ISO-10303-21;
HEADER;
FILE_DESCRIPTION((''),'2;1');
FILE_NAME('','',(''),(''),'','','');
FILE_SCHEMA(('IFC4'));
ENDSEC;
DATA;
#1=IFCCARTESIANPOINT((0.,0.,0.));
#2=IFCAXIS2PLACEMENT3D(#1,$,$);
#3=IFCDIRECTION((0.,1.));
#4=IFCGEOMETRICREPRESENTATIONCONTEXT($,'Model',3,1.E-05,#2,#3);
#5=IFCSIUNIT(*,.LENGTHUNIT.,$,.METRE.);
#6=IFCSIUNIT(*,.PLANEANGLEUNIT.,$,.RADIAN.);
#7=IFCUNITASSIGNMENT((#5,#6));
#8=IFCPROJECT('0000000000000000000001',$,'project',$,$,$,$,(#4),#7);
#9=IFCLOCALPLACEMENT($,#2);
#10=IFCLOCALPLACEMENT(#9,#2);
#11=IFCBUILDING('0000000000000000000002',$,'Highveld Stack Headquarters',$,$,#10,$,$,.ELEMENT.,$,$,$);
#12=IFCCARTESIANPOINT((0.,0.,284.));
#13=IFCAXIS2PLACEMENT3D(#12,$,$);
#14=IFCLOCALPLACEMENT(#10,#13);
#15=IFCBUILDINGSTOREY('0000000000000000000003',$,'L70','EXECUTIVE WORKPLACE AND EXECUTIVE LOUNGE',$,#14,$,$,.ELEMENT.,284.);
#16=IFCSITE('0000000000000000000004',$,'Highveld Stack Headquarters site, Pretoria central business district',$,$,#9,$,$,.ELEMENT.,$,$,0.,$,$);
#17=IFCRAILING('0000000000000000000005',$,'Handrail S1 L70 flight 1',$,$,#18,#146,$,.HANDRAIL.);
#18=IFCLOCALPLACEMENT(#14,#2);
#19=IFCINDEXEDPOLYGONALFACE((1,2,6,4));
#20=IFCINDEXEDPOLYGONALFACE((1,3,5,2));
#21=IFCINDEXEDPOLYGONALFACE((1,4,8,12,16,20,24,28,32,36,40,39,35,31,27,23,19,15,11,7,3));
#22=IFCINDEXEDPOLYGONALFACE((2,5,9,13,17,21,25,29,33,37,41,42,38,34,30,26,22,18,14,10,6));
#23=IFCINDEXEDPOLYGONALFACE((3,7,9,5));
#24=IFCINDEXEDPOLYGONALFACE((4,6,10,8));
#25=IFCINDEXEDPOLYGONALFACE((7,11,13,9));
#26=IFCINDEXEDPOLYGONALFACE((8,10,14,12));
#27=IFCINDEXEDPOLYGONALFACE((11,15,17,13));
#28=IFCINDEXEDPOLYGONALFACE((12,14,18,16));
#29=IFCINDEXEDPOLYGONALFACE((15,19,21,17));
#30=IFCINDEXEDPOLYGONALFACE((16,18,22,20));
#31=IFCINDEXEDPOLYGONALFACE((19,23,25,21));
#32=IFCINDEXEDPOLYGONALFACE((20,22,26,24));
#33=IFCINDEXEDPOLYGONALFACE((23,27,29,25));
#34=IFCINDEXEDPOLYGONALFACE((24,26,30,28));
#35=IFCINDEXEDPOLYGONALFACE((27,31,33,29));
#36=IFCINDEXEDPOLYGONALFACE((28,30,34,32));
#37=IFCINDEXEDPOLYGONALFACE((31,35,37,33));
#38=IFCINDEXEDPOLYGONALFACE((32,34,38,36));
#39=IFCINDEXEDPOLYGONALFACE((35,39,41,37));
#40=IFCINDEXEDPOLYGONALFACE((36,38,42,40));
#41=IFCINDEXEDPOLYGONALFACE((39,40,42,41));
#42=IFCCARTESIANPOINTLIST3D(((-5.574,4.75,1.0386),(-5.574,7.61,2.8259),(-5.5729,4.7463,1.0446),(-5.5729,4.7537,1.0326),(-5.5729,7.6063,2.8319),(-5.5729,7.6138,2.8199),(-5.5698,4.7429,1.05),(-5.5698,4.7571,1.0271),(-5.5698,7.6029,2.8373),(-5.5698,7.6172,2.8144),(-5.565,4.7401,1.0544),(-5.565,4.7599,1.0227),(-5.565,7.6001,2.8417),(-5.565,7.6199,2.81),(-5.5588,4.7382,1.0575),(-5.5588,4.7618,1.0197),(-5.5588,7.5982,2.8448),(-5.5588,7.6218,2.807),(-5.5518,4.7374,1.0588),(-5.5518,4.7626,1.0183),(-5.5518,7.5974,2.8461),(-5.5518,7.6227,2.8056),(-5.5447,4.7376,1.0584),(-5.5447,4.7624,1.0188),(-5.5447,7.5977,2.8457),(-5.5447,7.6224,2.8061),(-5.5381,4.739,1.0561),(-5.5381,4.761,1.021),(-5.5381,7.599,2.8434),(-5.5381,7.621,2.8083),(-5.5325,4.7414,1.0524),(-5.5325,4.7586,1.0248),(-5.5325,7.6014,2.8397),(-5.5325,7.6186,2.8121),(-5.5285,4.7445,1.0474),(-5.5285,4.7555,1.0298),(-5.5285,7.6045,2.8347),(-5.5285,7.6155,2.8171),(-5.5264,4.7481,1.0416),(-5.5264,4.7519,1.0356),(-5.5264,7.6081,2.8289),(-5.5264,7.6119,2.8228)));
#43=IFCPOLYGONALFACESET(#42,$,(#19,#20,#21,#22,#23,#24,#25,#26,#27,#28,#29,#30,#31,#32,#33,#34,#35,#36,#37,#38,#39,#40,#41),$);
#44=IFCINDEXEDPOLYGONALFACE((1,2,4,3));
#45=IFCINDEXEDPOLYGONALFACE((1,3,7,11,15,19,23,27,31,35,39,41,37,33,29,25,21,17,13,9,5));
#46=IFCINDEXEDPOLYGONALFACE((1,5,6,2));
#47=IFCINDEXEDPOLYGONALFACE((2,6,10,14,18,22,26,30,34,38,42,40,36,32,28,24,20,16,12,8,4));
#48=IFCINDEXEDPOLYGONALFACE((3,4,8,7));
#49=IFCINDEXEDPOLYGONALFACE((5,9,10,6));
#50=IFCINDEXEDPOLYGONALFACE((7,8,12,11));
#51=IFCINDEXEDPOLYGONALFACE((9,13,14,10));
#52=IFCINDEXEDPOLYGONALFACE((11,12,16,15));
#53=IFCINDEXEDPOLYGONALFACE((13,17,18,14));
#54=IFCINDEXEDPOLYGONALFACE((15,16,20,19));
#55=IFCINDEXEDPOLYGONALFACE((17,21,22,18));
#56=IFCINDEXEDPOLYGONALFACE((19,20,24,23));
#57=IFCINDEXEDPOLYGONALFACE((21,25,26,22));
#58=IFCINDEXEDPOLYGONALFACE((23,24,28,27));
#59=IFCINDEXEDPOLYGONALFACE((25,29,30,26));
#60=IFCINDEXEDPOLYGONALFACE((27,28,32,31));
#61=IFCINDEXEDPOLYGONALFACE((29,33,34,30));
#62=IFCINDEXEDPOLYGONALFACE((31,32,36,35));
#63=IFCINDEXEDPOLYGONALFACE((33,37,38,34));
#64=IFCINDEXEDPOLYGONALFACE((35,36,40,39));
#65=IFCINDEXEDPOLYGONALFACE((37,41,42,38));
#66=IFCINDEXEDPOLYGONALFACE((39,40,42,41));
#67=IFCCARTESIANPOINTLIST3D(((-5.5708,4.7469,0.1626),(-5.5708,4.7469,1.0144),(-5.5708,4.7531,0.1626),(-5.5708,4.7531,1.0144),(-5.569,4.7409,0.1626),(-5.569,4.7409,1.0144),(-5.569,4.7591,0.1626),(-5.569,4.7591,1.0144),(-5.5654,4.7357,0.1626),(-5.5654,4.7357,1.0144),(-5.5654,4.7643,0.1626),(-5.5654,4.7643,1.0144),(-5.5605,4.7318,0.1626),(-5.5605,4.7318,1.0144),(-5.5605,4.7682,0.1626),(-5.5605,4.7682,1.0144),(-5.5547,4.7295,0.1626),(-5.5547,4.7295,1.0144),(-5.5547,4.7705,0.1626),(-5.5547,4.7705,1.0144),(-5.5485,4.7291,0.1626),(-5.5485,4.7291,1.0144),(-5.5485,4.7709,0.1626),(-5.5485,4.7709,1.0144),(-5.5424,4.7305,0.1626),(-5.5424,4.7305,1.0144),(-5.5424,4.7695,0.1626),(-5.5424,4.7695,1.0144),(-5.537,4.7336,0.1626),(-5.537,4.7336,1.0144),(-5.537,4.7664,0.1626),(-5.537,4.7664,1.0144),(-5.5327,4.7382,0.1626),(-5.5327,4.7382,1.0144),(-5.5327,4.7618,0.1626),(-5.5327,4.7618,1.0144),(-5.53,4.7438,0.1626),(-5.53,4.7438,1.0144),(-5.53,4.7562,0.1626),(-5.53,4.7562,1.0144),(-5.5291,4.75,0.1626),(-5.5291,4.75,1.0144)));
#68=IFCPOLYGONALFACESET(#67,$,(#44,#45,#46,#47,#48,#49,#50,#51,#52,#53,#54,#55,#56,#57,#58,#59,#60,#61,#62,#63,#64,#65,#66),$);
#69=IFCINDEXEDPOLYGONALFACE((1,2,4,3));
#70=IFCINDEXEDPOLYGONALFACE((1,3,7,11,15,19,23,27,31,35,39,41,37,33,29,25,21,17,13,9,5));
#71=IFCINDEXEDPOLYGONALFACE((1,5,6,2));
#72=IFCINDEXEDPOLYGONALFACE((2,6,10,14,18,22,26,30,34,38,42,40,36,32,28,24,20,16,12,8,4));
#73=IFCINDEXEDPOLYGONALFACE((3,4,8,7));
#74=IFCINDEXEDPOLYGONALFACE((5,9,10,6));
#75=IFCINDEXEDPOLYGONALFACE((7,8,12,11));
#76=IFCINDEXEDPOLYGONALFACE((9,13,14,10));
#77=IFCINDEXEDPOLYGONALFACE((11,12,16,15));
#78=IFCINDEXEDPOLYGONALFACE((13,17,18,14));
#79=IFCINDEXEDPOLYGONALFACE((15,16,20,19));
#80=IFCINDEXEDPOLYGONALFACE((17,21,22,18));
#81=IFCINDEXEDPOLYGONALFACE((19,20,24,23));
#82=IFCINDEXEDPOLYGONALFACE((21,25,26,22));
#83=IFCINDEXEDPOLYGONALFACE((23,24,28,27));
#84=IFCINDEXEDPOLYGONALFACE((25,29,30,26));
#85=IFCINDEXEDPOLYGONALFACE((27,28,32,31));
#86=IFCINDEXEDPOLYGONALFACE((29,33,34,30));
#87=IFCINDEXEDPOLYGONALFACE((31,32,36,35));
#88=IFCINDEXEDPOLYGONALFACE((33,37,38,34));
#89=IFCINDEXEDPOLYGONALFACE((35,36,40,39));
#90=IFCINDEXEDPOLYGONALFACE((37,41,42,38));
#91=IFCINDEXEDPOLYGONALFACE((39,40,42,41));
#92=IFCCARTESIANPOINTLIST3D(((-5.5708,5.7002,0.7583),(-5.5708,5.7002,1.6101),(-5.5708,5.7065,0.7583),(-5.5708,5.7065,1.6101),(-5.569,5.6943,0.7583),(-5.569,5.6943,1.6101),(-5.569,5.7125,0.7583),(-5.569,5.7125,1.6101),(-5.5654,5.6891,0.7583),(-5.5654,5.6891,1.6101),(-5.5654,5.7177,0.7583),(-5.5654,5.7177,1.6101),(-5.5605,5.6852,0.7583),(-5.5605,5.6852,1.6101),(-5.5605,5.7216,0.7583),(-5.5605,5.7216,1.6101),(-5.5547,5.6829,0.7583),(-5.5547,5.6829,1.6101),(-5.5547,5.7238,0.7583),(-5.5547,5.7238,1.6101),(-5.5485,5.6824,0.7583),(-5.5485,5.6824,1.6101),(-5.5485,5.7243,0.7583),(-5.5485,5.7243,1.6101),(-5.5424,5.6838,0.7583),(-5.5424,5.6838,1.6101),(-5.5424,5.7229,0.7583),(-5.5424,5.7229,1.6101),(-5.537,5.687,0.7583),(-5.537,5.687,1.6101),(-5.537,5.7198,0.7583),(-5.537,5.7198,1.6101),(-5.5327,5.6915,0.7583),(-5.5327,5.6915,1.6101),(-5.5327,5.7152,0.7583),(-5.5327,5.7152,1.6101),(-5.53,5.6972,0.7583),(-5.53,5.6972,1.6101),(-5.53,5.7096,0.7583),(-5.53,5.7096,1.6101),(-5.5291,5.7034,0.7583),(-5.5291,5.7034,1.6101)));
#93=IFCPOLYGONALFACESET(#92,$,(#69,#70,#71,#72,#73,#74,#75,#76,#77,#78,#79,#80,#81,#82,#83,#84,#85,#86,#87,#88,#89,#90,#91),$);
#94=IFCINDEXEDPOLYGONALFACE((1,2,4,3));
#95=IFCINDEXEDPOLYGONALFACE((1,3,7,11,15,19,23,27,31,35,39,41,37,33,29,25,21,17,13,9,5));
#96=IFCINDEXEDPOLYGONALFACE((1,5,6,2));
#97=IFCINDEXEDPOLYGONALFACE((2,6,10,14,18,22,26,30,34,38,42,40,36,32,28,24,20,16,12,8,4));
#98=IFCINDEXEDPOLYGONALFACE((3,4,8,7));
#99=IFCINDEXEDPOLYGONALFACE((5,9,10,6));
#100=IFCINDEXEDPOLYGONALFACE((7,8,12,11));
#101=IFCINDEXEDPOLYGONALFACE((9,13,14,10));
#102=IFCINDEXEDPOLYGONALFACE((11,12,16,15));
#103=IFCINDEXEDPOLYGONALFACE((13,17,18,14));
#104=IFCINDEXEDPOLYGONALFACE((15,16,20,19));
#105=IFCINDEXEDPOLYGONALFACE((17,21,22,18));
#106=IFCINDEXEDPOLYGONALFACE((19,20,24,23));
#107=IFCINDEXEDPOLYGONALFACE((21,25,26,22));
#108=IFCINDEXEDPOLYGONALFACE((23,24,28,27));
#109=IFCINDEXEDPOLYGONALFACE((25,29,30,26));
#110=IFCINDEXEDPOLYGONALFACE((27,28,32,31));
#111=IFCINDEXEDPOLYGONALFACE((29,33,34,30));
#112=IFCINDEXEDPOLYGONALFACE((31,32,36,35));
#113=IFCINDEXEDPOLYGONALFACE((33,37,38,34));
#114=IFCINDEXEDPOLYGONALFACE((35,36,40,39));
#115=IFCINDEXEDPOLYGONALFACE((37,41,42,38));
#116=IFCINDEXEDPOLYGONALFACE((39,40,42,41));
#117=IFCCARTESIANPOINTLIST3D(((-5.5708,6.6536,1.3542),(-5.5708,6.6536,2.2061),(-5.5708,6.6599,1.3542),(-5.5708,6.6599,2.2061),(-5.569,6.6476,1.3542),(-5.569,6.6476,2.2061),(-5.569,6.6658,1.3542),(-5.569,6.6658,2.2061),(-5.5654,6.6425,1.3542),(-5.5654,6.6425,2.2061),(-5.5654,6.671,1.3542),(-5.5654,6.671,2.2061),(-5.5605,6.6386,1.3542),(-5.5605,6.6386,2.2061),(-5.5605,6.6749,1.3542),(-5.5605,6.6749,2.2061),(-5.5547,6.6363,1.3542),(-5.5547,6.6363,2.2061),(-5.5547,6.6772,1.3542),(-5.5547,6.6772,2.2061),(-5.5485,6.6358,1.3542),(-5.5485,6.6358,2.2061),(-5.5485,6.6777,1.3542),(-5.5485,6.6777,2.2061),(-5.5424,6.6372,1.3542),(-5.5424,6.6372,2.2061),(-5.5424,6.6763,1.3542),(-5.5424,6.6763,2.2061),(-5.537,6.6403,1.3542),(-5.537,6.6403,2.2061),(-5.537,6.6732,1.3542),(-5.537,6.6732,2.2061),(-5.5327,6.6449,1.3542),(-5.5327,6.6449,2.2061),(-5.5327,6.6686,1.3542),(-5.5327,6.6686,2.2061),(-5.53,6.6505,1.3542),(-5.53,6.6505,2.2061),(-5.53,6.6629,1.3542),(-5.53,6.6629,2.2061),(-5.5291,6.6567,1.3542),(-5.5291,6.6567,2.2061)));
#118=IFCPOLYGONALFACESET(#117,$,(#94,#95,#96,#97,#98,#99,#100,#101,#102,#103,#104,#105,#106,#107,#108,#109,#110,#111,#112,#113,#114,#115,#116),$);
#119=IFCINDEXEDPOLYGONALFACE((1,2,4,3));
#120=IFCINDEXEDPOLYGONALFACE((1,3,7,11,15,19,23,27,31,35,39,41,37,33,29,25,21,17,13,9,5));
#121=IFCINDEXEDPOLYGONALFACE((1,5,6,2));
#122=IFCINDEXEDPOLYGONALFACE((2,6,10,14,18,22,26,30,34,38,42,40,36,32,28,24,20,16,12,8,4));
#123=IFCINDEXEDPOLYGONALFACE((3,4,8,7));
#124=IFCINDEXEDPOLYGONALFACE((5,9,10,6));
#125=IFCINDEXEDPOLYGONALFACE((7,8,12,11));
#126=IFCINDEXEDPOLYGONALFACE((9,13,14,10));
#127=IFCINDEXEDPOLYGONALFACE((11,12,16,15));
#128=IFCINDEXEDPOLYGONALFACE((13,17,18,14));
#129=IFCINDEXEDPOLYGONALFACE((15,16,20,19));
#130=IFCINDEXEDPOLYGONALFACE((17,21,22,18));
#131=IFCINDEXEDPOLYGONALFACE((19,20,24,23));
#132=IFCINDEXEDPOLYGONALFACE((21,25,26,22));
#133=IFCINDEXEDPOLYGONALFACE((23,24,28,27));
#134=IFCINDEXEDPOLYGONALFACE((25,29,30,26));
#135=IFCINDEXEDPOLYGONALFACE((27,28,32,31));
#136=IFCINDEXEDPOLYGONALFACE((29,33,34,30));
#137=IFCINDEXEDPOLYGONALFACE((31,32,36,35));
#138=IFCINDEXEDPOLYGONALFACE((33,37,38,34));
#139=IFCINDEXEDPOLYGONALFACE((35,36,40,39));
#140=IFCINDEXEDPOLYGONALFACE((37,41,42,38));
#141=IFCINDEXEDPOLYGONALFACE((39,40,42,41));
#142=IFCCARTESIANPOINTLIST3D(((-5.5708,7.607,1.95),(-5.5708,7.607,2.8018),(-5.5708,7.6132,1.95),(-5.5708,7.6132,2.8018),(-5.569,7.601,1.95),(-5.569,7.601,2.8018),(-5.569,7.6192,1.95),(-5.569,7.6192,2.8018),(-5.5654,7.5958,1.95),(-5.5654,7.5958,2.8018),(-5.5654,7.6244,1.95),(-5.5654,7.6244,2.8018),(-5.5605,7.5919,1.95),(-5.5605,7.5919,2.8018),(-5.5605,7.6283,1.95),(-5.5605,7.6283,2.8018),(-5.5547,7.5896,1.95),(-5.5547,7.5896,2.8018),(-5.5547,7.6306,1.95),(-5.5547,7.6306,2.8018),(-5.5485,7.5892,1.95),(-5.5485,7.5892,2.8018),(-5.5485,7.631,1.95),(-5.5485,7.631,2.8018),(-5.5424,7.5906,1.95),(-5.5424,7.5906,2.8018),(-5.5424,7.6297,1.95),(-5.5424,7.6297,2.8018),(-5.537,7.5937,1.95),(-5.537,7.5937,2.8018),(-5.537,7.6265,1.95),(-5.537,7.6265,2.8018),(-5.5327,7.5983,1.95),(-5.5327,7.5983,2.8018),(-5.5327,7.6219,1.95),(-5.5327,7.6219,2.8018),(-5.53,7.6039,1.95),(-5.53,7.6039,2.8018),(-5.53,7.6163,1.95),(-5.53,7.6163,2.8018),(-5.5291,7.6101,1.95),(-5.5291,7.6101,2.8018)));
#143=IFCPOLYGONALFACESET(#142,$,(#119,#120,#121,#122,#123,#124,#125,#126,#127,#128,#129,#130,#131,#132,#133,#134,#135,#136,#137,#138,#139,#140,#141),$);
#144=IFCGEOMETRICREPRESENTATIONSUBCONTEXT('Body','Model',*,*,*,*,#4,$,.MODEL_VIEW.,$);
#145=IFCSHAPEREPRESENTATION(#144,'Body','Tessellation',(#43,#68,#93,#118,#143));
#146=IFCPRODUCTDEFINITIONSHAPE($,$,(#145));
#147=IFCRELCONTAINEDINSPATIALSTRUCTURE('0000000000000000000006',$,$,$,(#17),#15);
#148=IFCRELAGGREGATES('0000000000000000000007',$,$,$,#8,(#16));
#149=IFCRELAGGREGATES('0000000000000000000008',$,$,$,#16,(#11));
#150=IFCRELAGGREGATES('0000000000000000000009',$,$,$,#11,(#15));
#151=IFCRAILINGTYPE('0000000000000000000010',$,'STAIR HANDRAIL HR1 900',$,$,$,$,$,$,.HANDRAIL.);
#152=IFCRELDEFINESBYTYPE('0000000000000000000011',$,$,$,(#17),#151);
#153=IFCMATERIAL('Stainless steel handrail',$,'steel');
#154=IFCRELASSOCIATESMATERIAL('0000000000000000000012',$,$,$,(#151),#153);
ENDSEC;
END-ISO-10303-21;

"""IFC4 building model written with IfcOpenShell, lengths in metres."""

from ifc_helpers import new_model, si_unit, direction, frame, origin, origin_2d, place, context, subcontext, project, spatial, circle, extrude, material, type_object, element, save


model = new_model("IFC4")

# Units and contexts
model_context = context("Model", 3, precision=1e-05, world=origin(), true_north=direction((0.0, 1.0)))
body_context = subcontext(model_context, "Body", "Model", "MODEL_VIEW")
ifc_project = project(units=[si_unit("LENGTHUNIT", "METRE"), si_unit("PLANEANGLEUNIT", "RADIAN")], contexts=[model_context])

# Site, building, storey
site_placement = place(None, origin())
site = spatial("IfcSite", under=ifc_project, at=site_placement, Name="Highveld Stack Headquarters site, Pretoria central business district", CompositionType="ELEMENT", RefElevation=0.0)
building_placement = place(site_placement, origin())
building = spatial("IfcBuilding", under=site, at=building_placement, Name="Highveld Stack Headquarters", CompositionType="ELEMENT")
storey_placement = place(building_placement, frame((0.0, 0.0, 284.0)))
storey = spatial("IfcBuildingStorey", under=building, at=storey_placement, Name="L70", Description="EXECUTIVE WORKPLACE AND EXECUTIVE LOUNGE", CompositionType="ELEMENT", Elevation=284.0)

# Railing
ifc_material_1 = material(Name="Stainless steel handrail", Category="steel")
railing_type = type_object("IfcRailingType", Name="STAIR HANDRAIL HR1 900", PredefinedType="HANDRAIL", material=ifc_material_1)
for number, where, name in (
    (1, (-5.55, 4.75, 0.1626), "Handrail S1 L70 flight 1"),
):
    element("IfcRailing", number, at=place(storey_placement, frame(where)), inside=storey, type_object=railing_type, Name=name, PredefinedType="HANDRAIL", context=body_context, shape_type="SweptSolid", body=[
        extrude(circle(Radius=0.0239, at=origin_2d()), frame((0.0, 0.0, 0.876), z_axis=(0.0, 0.848027, 0.529953), x_axis=(-1.0, 0.0, 0.0)), (0.0, 0.0, 1.0), 3.3726),
        extrude(circle(Radius=0.021, at=origin_2d()), origin(), (0.0, 0.0, 1.0), 0.8518),
        extrude(circle(Radius=0.021, at=origin_2d()), frame((0.0, 0.9534, 0.5957)), (0.0, 0.0, 1.0), 0.8518),
        extrude(circle(Radius=0.021, at=origin_2d()), frame((0.0, 1.9067, 1.1917)), (0.0, 0.0, 1.0), 0.8518),
        extrude(circle(Radius=0.021, at=origin_2d()), frame((0.0, 2.8601, 1.7874)), (0.0, 0.0, 1.0), 0.8518),
    ])

save(model, "model.ifc")
